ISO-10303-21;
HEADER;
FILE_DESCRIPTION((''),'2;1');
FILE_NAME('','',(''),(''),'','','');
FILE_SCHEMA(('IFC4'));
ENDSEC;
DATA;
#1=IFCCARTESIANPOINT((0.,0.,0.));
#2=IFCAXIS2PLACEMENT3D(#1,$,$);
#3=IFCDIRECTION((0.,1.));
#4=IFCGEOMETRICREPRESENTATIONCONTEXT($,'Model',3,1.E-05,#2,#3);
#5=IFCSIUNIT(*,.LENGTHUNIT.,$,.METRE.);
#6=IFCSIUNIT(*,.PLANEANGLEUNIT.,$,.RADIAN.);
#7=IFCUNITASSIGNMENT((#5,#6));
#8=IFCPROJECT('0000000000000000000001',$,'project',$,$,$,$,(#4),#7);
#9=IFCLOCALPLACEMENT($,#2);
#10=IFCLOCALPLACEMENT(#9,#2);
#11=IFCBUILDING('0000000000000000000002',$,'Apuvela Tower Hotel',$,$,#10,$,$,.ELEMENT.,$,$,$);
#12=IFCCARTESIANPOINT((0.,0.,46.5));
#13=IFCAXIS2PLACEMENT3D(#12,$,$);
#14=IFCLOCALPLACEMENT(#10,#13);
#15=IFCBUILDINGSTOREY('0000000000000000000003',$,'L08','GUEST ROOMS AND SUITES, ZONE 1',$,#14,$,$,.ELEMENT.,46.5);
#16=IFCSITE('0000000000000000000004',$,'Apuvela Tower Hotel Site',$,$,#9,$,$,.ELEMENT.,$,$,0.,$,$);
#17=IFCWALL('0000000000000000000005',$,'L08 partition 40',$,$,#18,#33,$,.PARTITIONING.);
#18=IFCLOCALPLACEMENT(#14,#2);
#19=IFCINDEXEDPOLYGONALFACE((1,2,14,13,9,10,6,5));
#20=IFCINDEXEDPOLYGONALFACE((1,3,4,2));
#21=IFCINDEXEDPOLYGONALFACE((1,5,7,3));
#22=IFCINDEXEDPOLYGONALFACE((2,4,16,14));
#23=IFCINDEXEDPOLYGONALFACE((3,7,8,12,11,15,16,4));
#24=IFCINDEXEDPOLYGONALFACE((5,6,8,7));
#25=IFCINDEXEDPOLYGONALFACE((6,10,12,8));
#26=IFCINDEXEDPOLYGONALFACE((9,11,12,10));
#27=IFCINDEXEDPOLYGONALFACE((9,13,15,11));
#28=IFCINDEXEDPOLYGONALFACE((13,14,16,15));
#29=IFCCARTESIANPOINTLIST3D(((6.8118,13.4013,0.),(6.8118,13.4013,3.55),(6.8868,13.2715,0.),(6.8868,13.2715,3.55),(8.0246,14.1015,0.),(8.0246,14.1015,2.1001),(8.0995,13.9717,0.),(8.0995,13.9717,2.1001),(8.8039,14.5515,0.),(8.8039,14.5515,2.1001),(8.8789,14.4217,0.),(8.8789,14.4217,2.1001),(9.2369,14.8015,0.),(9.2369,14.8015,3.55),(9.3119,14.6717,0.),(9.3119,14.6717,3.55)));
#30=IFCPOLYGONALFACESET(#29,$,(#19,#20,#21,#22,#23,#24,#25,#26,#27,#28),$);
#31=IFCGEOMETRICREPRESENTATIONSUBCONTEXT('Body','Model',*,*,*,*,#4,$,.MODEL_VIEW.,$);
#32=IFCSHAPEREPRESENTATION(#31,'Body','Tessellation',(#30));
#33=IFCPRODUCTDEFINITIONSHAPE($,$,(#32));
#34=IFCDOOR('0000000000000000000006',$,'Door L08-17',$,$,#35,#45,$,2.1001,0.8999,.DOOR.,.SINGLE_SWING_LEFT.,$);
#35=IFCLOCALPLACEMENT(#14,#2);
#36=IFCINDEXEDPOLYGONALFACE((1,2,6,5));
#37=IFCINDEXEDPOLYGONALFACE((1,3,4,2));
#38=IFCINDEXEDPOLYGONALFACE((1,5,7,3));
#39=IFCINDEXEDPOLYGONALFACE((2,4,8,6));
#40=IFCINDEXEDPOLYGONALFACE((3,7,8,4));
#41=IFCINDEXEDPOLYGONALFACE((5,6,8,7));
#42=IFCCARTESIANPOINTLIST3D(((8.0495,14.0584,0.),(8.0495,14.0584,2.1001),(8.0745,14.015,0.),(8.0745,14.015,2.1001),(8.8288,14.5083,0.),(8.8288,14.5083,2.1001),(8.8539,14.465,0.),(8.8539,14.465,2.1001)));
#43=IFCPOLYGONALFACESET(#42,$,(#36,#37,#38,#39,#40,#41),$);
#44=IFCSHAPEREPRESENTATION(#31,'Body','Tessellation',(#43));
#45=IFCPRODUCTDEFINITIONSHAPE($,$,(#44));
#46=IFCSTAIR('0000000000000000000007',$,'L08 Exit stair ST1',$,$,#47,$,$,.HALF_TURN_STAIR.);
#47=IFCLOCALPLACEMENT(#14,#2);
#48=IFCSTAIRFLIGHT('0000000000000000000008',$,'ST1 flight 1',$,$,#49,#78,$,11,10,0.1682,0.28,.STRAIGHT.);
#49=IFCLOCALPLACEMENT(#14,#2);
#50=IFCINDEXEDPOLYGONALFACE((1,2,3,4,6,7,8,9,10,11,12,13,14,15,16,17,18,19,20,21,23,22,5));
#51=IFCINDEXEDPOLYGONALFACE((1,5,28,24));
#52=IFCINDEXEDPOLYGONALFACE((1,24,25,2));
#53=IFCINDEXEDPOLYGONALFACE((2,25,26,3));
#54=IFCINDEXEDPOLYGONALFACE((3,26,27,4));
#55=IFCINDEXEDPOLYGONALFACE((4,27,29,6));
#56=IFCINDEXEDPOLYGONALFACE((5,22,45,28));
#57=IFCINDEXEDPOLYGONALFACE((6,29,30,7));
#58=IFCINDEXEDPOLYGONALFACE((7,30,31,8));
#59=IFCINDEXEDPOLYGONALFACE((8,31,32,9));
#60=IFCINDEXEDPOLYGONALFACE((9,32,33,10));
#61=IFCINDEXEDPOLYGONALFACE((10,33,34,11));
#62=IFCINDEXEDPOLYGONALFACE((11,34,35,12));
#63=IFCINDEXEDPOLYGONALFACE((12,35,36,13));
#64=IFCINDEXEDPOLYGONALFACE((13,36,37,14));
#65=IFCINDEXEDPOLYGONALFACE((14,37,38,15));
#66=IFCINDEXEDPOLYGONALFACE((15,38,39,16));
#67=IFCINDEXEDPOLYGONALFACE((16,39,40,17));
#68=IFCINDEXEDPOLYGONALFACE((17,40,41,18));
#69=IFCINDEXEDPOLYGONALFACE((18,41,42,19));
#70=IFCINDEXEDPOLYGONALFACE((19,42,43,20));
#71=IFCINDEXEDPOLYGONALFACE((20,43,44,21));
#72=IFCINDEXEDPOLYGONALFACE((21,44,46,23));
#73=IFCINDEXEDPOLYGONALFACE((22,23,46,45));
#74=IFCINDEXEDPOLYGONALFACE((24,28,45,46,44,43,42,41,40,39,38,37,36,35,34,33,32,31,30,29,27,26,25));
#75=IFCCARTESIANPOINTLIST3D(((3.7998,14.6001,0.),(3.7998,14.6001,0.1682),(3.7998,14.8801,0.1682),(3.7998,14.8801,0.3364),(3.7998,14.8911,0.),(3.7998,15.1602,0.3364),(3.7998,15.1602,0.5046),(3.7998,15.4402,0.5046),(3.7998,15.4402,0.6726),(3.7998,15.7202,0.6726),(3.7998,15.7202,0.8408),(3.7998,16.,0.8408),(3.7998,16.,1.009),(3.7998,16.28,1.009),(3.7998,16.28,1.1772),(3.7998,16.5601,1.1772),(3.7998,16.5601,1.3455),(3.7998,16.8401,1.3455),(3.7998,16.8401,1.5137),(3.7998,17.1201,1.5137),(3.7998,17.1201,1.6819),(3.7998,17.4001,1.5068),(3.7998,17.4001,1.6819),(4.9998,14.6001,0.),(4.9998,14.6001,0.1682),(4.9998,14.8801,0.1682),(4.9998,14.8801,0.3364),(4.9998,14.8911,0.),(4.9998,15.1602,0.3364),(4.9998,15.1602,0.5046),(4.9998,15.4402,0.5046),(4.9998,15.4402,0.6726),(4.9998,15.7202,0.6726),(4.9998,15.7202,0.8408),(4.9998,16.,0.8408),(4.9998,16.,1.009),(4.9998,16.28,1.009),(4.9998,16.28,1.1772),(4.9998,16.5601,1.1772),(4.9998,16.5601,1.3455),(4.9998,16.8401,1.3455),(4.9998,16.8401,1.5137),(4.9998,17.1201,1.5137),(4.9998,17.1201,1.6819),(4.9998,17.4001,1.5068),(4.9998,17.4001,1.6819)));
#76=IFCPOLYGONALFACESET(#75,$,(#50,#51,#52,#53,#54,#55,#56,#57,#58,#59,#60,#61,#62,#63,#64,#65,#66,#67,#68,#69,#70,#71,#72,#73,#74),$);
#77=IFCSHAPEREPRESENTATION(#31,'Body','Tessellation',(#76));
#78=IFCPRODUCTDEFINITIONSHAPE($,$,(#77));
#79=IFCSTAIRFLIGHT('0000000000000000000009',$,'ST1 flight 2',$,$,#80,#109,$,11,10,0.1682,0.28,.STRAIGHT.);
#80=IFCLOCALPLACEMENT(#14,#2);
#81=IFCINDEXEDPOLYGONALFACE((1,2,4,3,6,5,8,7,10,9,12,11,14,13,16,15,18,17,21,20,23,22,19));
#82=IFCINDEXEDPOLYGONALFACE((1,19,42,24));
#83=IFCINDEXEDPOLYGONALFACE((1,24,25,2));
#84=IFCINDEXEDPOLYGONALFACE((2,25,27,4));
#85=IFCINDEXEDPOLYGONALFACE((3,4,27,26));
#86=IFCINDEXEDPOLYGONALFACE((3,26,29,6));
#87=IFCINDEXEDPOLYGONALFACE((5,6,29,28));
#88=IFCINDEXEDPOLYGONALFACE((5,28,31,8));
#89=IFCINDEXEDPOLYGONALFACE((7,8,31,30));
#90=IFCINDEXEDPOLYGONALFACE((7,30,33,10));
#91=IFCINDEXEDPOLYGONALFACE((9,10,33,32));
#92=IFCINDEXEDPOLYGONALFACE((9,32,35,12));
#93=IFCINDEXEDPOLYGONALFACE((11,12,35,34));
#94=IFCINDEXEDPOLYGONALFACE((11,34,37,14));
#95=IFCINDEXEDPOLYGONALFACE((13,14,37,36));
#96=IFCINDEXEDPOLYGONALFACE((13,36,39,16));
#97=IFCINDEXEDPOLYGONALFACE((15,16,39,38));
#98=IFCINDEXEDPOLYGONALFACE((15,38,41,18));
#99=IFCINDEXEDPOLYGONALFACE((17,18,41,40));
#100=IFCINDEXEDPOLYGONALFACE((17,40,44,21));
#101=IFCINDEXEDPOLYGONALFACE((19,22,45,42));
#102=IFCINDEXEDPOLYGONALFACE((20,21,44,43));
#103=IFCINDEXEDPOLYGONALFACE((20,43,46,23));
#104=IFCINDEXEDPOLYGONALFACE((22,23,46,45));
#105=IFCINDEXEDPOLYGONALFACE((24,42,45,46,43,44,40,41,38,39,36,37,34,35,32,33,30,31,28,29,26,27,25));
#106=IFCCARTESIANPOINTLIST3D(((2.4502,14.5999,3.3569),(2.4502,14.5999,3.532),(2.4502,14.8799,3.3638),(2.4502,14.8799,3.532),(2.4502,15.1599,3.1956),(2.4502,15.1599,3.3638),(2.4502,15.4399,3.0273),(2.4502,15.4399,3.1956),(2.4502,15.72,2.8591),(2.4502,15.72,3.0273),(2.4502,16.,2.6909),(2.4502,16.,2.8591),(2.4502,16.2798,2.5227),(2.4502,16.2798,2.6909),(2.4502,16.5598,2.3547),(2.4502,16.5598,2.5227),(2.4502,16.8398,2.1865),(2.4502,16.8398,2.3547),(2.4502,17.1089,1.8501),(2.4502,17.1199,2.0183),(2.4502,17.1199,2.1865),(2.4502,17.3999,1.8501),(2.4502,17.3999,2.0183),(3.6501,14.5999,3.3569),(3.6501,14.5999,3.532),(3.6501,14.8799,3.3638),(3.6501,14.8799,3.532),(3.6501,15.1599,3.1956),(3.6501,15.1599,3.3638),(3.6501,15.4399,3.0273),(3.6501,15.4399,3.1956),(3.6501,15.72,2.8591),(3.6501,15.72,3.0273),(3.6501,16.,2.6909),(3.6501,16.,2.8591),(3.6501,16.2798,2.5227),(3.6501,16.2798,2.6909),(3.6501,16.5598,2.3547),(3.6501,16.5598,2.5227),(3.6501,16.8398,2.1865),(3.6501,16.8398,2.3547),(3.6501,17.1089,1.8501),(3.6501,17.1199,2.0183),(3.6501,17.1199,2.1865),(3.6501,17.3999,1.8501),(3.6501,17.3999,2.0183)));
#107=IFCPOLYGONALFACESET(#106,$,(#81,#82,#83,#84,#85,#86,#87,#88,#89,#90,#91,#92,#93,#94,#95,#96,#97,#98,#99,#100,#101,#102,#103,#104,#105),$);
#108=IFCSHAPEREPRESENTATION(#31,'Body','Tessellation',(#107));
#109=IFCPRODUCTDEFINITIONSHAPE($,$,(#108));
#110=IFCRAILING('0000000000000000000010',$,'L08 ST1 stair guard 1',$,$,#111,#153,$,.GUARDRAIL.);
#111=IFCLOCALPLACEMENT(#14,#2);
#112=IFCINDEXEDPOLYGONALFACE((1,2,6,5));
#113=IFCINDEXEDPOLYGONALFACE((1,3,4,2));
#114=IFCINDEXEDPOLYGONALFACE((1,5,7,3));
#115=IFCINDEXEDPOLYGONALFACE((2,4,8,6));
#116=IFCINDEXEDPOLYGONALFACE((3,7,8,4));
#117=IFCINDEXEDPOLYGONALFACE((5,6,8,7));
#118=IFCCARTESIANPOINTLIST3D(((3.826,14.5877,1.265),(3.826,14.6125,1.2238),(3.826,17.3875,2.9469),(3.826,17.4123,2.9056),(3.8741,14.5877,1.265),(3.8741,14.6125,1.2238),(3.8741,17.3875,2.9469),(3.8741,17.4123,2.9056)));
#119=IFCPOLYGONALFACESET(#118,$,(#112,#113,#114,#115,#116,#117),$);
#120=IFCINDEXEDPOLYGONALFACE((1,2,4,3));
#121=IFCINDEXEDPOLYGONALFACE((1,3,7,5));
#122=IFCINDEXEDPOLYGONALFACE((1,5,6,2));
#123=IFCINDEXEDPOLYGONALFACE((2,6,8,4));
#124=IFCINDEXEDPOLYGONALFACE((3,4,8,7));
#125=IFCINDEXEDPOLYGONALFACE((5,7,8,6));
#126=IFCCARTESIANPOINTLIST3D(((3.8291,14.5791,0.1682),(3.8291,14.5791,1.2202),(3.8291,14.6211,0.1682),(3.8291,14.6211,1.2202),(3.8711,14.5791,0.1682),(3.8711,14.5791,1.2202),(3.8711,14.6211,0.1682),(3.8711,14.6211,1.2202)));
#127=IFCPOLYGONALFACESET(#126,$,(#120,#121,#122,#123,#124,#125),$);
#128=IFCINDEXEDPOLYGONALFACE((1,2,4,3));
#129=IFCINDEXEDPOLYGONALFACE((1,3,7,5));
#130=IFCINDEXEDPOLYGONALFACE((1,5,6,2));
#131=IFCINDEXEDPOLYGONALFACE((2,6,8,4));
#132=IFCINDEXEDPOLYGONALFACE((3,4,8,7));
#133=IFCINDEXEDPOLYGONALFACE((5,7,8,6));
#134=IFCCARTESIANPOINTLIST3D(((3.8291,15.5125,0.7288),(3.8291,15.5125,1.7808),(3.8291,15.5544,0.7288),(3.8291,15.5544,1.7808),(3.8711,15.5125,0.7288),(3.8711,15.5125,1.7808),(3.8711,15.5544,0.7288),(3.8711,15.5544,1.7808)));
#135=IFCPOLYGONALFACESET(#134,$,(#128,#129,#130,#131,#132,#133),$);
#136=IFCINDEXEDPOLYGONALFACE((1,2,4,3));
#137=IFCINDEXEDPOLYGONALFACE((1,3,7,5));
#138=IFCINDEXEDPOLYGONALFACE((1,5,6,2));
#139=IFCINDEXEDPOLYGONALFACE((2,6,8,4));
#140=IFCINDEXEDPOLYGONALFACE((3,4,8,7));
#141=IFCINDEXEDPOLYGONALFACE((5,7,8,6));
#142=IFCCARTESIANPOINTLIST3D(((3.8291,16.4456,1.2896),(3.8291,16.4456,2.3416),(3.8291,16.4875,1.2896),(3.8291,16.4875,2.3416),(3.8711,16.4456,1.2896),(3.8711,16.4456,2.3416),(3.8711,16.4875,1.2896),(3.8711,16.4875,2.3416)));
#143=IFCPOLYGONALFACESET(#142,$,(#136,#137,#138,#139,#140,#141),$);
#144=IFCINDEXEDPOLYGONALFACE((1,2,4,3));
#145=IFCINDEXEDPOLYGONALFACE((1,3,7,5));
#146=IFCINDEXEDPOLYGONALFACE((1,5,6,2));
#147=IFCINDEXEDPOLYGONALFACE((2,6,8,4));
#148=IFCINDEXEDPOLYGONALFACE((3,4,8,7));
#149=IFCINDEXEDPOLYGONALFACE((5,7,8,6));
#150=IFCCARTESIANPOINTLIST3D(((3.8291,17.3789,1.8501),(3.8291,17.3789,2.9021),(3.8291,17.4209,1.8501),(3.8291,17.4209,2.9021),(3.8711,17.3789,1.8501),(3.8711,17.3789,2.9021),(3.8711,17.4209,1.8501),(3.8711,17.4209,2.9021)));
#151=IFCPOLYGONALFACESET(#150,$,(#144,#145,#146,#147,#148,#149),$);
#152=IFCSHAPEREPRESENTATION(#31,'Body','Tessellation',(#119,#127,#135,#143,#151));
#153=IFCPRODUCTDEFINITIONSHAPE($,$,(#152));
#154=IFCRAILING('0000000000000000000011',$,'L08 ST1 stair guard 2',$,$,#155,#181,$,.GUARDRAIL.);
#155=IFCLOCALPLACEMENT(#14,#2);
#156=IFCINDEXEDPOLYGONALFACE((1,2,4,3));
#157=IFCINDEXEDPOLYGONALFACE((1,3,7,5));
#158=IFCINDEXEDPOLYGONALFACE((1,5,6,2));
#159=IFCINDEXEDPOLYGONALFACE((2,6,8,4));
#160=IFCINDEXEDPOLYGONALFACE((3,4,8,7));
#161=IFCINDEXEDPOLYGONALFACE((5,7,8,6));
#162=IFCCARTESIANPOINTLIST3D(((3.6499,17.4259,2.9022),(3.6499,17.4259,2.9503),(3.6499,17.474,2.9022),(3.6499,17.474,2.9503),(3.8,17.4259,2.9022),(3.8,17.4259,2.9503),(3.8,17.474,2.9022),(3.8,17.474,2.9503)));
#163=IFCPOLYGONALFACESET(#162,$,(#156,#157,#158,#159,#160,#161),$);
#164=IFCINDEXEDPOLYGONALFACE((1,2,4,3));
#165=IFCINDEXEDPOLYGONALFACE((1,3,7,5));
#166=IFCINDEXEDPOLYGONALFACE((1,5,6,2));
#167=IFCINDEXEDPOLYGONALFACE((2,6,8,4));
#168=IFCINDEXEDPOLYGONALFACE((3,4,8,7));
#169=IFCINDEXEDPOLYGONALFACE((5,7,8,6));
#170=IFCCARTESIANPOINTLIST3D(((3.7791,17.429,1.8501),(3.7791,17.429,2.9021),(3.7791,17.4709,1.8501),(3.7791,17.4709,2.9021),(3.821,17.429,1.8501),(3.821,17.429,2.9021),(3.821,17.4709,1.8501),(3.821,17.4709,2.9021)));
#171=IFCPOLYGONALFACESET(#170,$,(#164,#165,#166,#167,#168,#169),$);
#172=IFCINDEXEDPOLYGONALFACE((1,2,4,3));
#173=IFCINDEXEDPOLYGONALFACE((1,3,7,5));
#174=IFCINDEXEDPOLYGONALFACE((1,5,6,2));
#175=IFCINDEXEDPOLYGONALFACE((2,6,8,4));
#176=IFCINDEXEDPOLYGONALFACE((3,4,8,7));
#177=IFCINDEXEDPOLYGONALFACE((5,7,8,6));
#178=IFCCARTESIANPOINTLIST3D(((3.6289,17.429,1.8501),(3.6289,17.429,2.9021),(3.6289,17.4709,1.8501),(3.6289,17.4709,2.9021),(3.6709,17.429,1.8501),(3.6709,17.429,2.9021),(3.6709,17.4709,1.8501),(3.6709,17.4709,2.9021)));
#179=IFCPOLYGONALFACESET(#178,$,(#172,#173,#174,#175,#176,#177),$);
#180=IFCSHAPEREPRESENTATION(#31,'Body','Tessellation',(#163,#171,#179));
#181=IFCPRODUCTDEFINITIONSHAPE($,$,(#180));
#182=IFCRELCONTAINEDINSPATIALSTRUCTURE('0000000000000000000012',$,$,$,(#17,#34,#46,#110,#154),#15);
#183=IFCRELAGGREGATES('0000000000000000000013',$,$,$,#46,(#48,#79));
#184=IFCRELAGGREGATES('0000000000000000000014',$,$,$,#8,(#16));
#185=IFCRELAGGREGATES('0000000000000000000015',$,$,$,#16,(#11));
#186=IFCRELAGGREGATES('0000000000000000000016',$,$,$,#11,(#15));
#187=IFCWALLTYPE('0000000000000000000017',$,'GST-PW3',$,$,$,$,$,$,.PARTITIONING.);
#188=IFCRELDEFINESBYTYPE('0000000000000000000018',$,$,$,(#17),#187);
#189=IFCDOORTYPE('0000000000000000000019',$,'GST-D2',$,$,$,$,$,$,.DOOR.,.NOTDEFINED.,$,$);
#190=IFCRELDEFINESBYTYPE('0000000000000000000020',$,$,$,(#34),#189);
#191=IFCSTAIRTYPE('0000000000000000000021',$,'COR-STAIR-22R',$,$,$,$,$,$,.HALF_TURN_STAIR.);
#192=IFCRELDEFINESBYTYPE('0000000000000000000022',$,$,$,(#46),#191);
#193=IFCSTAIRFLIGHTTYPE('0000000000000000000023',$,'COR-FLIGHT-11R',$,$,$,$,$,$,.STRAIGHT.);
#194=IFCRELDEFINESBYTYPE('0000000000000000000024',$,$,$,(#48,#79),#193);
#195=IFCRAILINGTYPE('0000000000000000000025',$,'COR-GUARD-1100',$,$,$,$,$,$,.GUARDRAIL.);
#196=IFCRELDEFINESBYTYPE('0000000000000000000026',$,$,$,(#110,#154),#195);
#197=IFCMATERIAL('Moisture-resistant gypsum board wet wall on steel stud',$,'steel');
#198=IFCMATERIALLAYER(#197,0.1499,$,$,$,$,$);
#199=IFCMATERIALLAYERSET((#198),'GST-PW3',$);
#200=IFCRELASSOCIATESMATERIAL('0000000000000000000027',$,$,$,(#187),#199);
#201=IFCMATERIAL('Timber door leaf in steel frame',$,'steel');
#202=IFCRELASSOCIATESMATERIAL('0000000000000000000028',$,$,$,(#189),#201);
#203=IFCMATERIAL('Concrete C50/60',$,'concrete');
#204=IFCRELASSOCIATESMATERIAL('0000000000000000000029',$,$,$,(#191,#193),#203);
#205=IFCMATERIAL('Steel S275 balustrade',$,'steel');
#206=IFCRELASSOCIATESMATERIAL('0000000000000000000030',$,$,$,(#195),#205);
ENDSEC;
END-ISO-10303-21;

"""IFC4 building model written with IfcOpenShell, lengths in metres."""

from ifc_helpers import new_model, si_unit, direction, frame, frame_2d, origin, origin_2d, place, context, subcontext, project, spatial, polyline, rectangle, outline, extrude, material, layer, layer_set, type_object, element, fill, aggregate, save


model = new_model("IFC4")

# Units and contexts
model_context = context("Model", 3, precision=1e-05, world=origin(), true_north=direction((0.0, 1.0)))
body_context = subcontext(model_context, "Body", "Model", "MODEL_VIEW")
ifc_project = project(units=[si_unit("LENGTHUNIT", "METRE"), si_unit("PLANEANGLEUNIT", "RADIAN")], contexts=[model_context])

# Site, building, storey
site_placement = place(None, origin())
site = spatial("IfcSite", under=ifc_project, at=site_placement, Name="Apuvela Tower Hotel Site", CompositionType="ELEMENT", RefElevation=0.0)
building_placement = place(site_placement, origin())
building = spatial("IfcBuilding", under=site, at=building_placement, Name="Apuvela Tower Hotel", CompositionType="ELEMENT")
storey_placement = place(building_placement, frame((0.0, 0.0, 46.5)))
storey = spatial("IfcBuildingStorey", under=building, at=storey_placement, Name="L08", Description="GUEST ROOMS AND SUITES, ZONE 1", CompositionType="ELEMENT", Elevation=46.5)

# Shared definitions
ifc_material_1 = material(Name="Concrete C50/60", Category="concrete")

# Wall, opening, door
ifc_material_2 = material(Name="Moisture-resistant gypsum board wet wall on steel stud", Category="steel")
ifc_layer_1 = layer(ifc_material_2, 0.1499)
ifc_layer_set_1 = layer_set([ifc_layer_1], Name="GST-PW3")
wall_type_1 = type_object("IfcWallType", Name="GST-PW3", PredefinedType="PARTITIONING", material=ifc_layer_set_1)
wall_1_placement = place(storey_placement, frame((9.2744, 14.7366, 0.0), z_axis=(0.0, 0.0, 1.0), x_axis=(-0.866019, -0.500012, 0.0)))
wall_1 = element("IfcWall", 1, at=wall_1_placement, inside=storey, type_object=wall_type_1, Name="L08 partition 40", PredefinedType="PARTITIONING", context=body_context, shape_type="SweptSolid", body=[
    extrude(rectangle(XDim=2.8003, YDim=0.1499, at=frame_2d((1.4001, 0.0))), origin(), (0.0, 0.0, 1.0), 3.55),
])
opening_1_placement = place(wall_1_placement, frame((0.5, 0.0, 0.0)))
opening_1 = element("IfcOpeningElement", 2, at=opening_1_placement, cuts=wall_1, PredefinedType="OPENING", context=body_context, shape_type="SweptSolid", body=[
    extrude(rectangle(XDim=0.8999, YDim=2.1001, at=frame_2d((0.45, 1.05))), frame((0.0, 0.085, 0.0), z_axis=(0.0, -1.0, 0.0), x_axis=(1.0, 0.0, 0.0)), (0.0, 0.0, 1.0), 0.1699),
])
ifc_material_3 = material(Name="Timber door leaf in steel frame", Category="steel")
door_type_1 = type_object("IfcDoorType", Name="GST-D2", OperationType="NOTDEFINED", PredefinedType="DOOR", material=ifc_material_3)
door_1_placement = place(opening_1_placement, origin())
door_1 = element("IfcDoor", 3, at=door_1_placement, inside=storey, type_object=door_type_1, Name="Door L08-17", OperationType="SINGLE_SWING_LEFT", OverallHeight=2.1001, OverallWidth=0.8999, PredefinedType="DOOR", context=body_context, shape_type="SweptSolid", body=[
    extrude(rectangle(XDim=0.8999, YDim=2.1001, at=frame_2d((0.45, 1.05))), frame((0.0, 0.0249, 0.0), z_axis=(0.0, -1.0, 0.0), x_axis=(1.0, 0.0, 0.0)), (0.0, 0.0, 1.0), 0.05),
])
fill(opening_1, door_1)

# Stair, stair flights
stair_type = type_object("IfcStairType", Name="COR-STAIR-22R", PredefinedType="HALF_TURN_STAIR", material=ifc_material_1)
stair_placement = place(storey_placement, origin())
stair = element("IfcStair", 4, at=stair_placement, inside=storey, type_object=stair_type, Name="L08 Exit stair ST1", PredefinedType="HALF_TURN_STAIR")
stair_flight_type = type_object("IfcStairFlightType", Name="COR-FLIGHT-11R", PredefinedType="STRAIGHT", material=ifc_material_1)
stair_flight_1_placement = place(storey_placement, frame((4.3999, 14.6001, 0.0), z_axis=(0.0, 0.0, 1.0), x_axis=(0.0, 1.0, 0.0)))
stair_flight_1 = element("IfcStairFlight", 5, at=stair_flight_1_placement, type_object=stair_flight_type, Name="ST1 flight 1", NumberOfRisers=11, NumberOfTreads=10, PredefinedType="STRAIGHT", RiserHeight=0.1682, TreadLength=0.28, context=body_context, shape_type="SweptSolid", body=[
    extrude(outline(polyline([(0.0, 0.0), (0.0, 0.1682), (0.28, 0.1682), (0.28, 0.3364), (0.5601, 0.3364), (0.5601, 0.5046), (0.8401, 0.5046), (0.8401, 0.6726), (1.1201, 0.6726), (1.1201, 0.8408), (1.3999, 0.8408), (1.3999, 1.009), (1.6799, 1.009), (1.6799, 1.1772), (1.96, 1.1772), (1.96, 1.3455), (2.24, 1.3455), (2.24, 1.5137), (2.52, 1.5137), (2.52, 1.6819), (2.8, 1.6819), (2.8, 1.8501), (2.8, 1.5068), (0.291, 0.0), (0.0, 0.0)])), frame((0.0, 0.6001, 0.0), z_axis=(0.0, -1.0, 0.0), x_axis=(1.0, 0.0, 0.0)), (0.0, 0.0, 1.0), 1.2),
])
stair_flight_2_placement = place(storey_placement, frame((3.05, 17.3999, 1.8501), z_axis=(0.0, 0.0, 1.0), x_axis=(0.0, -1.0, 0.0)))
stair_flight_2 = element("IfcStairFlight", 6, at=stair_flight_2_placement, type_object=stair_flight_type, Name="ST1 flight 2", NumberOfRisers=11, NumberOfTreads=10, PredefinedType="STRAIGHT", RiserHeight=0.1682, TreadLength=0.28, context=body_context, shape_type="SweptSolid", body=[
    extrude(outline(polyline([(0.0, 0.0), (0.0, 0.1682), (0.28, 0.1682), (0.28, 0.3364), (0.5601, 0.3364), (0.5601, 0.5046), (0.8401, 0.5046), (0.8401, 0.6726), (1.1201, 0.6726), (1.1201, 0.8408), (1.3999, 0.8408), (1.3999, 1.009), (1.6799, 1.009), (1.6799, 1.1772), (1.96, 1.1772), (1.96, 1.3455), (2.24, 1.3455), (2.24, 1.5137), (2.52, 1.5137), (2.52, 1.6819), (2.8, 1.6819), (2.8, 1.8501), (2.8, 1.5068), (0.291, 0.0), (0.0, 0.0)])), frame((0.0, 0.6001, 0.0), z_axis=(0.0, -1.0, 0.0), x_axis=(1.0, 0.0, 0.0)), (0.0, 0.0, 1.0), 1.2),
])
aggregate(stair, [stair_flight_1, stair_flight_2])

# Railings
ifc_material_4 = material(Name="Steel S275 balustrade", Category="steel")
railing_type_1 = type_object("IfcRailingType", Name="COR-GUARD-1100", PredefinedType="GUARDRAIL", material=ifc_material_4)
railing_1_placement = place(storey_placement, frame((3.8501, 14.6001, 0.1682)))
element("IfcRailing", 7, at=railing_1_placement, inside=storey, type_object=railing_type_1, Name="L08 ST1 stair guard 1", PredefinedType="GUARDRAIL", context=body_context, shape_type="SweptSolid", body=[
    extrude(rectangle(XDim=0.0481, YDim=0.0481, at=origin_2d()), frame((0.0, 0.0, 1.0762), z_axis=(0.0, 0.857222, 0.514946), x_axis=(-1.0, 0.0, 0.0)), (0.0, 0.0, 1.0), 3.2661),
    extrude(rectangle(XDim=0.042, YDim=0.042, at=origin_2d()), origin(), (0.0, 0.0, 1.0), 1.052),
    extrude(rectangle(XDim=0.042, YDim=0.042, at=origin_2d()), frame((0.0, 0.9333, 0.5605)), (0.0, 0.0, 1.0), 1.052),
    extrude(rectangle(XDim=0.042, YDim=0.042, at=origin_2d()), frame((0.0, 1.8665, 1.1213)), (0.0, 0.0, 1.0), 1.052),
    extrude(rectangle(XDim=0.042, YDim=0.042, at=origin_2d()), frame((0.0, 2.7998, 1.6819)), (0.0, 0.0, 1.0), 1.052),
])
railing_2_placement = place(storey_placement, frame((3.8, 17.45, 1.8501)))
element("IfcRailing", 8, at=railing_2_placement, inside=storey, type_object=railing_type_1, Name="L08 ST1 stair guard 2", PredefinedType="GUARDRAIL", context=body_context, shape_type="SweptSolid", body=[
    extrude(rectangle(XDim=0.0481, YDim=0.0481, at=origin_2d()), frame((0.0, 0.0, 1.0762), z_axis=(-1.0, 0.0, 0.0), x_axis=(0.0, -1.0, 0.0)), (0.0, 0.0, 1.0), 0.1501),
    extrude(rectangle(XDim=0.042, YDim=0.042, at=origin_2d()), origin(), (0.0, 0.0, 1.0), 1.052),
    extrude(rectangle(XDim=0.042, YDim=0.042, at=origin_2d()), frame((-0.1501, 0.0, 0.0)), (0.0, 0.0, 1.0), 1.052),
])

save(model, "model.ifc")
